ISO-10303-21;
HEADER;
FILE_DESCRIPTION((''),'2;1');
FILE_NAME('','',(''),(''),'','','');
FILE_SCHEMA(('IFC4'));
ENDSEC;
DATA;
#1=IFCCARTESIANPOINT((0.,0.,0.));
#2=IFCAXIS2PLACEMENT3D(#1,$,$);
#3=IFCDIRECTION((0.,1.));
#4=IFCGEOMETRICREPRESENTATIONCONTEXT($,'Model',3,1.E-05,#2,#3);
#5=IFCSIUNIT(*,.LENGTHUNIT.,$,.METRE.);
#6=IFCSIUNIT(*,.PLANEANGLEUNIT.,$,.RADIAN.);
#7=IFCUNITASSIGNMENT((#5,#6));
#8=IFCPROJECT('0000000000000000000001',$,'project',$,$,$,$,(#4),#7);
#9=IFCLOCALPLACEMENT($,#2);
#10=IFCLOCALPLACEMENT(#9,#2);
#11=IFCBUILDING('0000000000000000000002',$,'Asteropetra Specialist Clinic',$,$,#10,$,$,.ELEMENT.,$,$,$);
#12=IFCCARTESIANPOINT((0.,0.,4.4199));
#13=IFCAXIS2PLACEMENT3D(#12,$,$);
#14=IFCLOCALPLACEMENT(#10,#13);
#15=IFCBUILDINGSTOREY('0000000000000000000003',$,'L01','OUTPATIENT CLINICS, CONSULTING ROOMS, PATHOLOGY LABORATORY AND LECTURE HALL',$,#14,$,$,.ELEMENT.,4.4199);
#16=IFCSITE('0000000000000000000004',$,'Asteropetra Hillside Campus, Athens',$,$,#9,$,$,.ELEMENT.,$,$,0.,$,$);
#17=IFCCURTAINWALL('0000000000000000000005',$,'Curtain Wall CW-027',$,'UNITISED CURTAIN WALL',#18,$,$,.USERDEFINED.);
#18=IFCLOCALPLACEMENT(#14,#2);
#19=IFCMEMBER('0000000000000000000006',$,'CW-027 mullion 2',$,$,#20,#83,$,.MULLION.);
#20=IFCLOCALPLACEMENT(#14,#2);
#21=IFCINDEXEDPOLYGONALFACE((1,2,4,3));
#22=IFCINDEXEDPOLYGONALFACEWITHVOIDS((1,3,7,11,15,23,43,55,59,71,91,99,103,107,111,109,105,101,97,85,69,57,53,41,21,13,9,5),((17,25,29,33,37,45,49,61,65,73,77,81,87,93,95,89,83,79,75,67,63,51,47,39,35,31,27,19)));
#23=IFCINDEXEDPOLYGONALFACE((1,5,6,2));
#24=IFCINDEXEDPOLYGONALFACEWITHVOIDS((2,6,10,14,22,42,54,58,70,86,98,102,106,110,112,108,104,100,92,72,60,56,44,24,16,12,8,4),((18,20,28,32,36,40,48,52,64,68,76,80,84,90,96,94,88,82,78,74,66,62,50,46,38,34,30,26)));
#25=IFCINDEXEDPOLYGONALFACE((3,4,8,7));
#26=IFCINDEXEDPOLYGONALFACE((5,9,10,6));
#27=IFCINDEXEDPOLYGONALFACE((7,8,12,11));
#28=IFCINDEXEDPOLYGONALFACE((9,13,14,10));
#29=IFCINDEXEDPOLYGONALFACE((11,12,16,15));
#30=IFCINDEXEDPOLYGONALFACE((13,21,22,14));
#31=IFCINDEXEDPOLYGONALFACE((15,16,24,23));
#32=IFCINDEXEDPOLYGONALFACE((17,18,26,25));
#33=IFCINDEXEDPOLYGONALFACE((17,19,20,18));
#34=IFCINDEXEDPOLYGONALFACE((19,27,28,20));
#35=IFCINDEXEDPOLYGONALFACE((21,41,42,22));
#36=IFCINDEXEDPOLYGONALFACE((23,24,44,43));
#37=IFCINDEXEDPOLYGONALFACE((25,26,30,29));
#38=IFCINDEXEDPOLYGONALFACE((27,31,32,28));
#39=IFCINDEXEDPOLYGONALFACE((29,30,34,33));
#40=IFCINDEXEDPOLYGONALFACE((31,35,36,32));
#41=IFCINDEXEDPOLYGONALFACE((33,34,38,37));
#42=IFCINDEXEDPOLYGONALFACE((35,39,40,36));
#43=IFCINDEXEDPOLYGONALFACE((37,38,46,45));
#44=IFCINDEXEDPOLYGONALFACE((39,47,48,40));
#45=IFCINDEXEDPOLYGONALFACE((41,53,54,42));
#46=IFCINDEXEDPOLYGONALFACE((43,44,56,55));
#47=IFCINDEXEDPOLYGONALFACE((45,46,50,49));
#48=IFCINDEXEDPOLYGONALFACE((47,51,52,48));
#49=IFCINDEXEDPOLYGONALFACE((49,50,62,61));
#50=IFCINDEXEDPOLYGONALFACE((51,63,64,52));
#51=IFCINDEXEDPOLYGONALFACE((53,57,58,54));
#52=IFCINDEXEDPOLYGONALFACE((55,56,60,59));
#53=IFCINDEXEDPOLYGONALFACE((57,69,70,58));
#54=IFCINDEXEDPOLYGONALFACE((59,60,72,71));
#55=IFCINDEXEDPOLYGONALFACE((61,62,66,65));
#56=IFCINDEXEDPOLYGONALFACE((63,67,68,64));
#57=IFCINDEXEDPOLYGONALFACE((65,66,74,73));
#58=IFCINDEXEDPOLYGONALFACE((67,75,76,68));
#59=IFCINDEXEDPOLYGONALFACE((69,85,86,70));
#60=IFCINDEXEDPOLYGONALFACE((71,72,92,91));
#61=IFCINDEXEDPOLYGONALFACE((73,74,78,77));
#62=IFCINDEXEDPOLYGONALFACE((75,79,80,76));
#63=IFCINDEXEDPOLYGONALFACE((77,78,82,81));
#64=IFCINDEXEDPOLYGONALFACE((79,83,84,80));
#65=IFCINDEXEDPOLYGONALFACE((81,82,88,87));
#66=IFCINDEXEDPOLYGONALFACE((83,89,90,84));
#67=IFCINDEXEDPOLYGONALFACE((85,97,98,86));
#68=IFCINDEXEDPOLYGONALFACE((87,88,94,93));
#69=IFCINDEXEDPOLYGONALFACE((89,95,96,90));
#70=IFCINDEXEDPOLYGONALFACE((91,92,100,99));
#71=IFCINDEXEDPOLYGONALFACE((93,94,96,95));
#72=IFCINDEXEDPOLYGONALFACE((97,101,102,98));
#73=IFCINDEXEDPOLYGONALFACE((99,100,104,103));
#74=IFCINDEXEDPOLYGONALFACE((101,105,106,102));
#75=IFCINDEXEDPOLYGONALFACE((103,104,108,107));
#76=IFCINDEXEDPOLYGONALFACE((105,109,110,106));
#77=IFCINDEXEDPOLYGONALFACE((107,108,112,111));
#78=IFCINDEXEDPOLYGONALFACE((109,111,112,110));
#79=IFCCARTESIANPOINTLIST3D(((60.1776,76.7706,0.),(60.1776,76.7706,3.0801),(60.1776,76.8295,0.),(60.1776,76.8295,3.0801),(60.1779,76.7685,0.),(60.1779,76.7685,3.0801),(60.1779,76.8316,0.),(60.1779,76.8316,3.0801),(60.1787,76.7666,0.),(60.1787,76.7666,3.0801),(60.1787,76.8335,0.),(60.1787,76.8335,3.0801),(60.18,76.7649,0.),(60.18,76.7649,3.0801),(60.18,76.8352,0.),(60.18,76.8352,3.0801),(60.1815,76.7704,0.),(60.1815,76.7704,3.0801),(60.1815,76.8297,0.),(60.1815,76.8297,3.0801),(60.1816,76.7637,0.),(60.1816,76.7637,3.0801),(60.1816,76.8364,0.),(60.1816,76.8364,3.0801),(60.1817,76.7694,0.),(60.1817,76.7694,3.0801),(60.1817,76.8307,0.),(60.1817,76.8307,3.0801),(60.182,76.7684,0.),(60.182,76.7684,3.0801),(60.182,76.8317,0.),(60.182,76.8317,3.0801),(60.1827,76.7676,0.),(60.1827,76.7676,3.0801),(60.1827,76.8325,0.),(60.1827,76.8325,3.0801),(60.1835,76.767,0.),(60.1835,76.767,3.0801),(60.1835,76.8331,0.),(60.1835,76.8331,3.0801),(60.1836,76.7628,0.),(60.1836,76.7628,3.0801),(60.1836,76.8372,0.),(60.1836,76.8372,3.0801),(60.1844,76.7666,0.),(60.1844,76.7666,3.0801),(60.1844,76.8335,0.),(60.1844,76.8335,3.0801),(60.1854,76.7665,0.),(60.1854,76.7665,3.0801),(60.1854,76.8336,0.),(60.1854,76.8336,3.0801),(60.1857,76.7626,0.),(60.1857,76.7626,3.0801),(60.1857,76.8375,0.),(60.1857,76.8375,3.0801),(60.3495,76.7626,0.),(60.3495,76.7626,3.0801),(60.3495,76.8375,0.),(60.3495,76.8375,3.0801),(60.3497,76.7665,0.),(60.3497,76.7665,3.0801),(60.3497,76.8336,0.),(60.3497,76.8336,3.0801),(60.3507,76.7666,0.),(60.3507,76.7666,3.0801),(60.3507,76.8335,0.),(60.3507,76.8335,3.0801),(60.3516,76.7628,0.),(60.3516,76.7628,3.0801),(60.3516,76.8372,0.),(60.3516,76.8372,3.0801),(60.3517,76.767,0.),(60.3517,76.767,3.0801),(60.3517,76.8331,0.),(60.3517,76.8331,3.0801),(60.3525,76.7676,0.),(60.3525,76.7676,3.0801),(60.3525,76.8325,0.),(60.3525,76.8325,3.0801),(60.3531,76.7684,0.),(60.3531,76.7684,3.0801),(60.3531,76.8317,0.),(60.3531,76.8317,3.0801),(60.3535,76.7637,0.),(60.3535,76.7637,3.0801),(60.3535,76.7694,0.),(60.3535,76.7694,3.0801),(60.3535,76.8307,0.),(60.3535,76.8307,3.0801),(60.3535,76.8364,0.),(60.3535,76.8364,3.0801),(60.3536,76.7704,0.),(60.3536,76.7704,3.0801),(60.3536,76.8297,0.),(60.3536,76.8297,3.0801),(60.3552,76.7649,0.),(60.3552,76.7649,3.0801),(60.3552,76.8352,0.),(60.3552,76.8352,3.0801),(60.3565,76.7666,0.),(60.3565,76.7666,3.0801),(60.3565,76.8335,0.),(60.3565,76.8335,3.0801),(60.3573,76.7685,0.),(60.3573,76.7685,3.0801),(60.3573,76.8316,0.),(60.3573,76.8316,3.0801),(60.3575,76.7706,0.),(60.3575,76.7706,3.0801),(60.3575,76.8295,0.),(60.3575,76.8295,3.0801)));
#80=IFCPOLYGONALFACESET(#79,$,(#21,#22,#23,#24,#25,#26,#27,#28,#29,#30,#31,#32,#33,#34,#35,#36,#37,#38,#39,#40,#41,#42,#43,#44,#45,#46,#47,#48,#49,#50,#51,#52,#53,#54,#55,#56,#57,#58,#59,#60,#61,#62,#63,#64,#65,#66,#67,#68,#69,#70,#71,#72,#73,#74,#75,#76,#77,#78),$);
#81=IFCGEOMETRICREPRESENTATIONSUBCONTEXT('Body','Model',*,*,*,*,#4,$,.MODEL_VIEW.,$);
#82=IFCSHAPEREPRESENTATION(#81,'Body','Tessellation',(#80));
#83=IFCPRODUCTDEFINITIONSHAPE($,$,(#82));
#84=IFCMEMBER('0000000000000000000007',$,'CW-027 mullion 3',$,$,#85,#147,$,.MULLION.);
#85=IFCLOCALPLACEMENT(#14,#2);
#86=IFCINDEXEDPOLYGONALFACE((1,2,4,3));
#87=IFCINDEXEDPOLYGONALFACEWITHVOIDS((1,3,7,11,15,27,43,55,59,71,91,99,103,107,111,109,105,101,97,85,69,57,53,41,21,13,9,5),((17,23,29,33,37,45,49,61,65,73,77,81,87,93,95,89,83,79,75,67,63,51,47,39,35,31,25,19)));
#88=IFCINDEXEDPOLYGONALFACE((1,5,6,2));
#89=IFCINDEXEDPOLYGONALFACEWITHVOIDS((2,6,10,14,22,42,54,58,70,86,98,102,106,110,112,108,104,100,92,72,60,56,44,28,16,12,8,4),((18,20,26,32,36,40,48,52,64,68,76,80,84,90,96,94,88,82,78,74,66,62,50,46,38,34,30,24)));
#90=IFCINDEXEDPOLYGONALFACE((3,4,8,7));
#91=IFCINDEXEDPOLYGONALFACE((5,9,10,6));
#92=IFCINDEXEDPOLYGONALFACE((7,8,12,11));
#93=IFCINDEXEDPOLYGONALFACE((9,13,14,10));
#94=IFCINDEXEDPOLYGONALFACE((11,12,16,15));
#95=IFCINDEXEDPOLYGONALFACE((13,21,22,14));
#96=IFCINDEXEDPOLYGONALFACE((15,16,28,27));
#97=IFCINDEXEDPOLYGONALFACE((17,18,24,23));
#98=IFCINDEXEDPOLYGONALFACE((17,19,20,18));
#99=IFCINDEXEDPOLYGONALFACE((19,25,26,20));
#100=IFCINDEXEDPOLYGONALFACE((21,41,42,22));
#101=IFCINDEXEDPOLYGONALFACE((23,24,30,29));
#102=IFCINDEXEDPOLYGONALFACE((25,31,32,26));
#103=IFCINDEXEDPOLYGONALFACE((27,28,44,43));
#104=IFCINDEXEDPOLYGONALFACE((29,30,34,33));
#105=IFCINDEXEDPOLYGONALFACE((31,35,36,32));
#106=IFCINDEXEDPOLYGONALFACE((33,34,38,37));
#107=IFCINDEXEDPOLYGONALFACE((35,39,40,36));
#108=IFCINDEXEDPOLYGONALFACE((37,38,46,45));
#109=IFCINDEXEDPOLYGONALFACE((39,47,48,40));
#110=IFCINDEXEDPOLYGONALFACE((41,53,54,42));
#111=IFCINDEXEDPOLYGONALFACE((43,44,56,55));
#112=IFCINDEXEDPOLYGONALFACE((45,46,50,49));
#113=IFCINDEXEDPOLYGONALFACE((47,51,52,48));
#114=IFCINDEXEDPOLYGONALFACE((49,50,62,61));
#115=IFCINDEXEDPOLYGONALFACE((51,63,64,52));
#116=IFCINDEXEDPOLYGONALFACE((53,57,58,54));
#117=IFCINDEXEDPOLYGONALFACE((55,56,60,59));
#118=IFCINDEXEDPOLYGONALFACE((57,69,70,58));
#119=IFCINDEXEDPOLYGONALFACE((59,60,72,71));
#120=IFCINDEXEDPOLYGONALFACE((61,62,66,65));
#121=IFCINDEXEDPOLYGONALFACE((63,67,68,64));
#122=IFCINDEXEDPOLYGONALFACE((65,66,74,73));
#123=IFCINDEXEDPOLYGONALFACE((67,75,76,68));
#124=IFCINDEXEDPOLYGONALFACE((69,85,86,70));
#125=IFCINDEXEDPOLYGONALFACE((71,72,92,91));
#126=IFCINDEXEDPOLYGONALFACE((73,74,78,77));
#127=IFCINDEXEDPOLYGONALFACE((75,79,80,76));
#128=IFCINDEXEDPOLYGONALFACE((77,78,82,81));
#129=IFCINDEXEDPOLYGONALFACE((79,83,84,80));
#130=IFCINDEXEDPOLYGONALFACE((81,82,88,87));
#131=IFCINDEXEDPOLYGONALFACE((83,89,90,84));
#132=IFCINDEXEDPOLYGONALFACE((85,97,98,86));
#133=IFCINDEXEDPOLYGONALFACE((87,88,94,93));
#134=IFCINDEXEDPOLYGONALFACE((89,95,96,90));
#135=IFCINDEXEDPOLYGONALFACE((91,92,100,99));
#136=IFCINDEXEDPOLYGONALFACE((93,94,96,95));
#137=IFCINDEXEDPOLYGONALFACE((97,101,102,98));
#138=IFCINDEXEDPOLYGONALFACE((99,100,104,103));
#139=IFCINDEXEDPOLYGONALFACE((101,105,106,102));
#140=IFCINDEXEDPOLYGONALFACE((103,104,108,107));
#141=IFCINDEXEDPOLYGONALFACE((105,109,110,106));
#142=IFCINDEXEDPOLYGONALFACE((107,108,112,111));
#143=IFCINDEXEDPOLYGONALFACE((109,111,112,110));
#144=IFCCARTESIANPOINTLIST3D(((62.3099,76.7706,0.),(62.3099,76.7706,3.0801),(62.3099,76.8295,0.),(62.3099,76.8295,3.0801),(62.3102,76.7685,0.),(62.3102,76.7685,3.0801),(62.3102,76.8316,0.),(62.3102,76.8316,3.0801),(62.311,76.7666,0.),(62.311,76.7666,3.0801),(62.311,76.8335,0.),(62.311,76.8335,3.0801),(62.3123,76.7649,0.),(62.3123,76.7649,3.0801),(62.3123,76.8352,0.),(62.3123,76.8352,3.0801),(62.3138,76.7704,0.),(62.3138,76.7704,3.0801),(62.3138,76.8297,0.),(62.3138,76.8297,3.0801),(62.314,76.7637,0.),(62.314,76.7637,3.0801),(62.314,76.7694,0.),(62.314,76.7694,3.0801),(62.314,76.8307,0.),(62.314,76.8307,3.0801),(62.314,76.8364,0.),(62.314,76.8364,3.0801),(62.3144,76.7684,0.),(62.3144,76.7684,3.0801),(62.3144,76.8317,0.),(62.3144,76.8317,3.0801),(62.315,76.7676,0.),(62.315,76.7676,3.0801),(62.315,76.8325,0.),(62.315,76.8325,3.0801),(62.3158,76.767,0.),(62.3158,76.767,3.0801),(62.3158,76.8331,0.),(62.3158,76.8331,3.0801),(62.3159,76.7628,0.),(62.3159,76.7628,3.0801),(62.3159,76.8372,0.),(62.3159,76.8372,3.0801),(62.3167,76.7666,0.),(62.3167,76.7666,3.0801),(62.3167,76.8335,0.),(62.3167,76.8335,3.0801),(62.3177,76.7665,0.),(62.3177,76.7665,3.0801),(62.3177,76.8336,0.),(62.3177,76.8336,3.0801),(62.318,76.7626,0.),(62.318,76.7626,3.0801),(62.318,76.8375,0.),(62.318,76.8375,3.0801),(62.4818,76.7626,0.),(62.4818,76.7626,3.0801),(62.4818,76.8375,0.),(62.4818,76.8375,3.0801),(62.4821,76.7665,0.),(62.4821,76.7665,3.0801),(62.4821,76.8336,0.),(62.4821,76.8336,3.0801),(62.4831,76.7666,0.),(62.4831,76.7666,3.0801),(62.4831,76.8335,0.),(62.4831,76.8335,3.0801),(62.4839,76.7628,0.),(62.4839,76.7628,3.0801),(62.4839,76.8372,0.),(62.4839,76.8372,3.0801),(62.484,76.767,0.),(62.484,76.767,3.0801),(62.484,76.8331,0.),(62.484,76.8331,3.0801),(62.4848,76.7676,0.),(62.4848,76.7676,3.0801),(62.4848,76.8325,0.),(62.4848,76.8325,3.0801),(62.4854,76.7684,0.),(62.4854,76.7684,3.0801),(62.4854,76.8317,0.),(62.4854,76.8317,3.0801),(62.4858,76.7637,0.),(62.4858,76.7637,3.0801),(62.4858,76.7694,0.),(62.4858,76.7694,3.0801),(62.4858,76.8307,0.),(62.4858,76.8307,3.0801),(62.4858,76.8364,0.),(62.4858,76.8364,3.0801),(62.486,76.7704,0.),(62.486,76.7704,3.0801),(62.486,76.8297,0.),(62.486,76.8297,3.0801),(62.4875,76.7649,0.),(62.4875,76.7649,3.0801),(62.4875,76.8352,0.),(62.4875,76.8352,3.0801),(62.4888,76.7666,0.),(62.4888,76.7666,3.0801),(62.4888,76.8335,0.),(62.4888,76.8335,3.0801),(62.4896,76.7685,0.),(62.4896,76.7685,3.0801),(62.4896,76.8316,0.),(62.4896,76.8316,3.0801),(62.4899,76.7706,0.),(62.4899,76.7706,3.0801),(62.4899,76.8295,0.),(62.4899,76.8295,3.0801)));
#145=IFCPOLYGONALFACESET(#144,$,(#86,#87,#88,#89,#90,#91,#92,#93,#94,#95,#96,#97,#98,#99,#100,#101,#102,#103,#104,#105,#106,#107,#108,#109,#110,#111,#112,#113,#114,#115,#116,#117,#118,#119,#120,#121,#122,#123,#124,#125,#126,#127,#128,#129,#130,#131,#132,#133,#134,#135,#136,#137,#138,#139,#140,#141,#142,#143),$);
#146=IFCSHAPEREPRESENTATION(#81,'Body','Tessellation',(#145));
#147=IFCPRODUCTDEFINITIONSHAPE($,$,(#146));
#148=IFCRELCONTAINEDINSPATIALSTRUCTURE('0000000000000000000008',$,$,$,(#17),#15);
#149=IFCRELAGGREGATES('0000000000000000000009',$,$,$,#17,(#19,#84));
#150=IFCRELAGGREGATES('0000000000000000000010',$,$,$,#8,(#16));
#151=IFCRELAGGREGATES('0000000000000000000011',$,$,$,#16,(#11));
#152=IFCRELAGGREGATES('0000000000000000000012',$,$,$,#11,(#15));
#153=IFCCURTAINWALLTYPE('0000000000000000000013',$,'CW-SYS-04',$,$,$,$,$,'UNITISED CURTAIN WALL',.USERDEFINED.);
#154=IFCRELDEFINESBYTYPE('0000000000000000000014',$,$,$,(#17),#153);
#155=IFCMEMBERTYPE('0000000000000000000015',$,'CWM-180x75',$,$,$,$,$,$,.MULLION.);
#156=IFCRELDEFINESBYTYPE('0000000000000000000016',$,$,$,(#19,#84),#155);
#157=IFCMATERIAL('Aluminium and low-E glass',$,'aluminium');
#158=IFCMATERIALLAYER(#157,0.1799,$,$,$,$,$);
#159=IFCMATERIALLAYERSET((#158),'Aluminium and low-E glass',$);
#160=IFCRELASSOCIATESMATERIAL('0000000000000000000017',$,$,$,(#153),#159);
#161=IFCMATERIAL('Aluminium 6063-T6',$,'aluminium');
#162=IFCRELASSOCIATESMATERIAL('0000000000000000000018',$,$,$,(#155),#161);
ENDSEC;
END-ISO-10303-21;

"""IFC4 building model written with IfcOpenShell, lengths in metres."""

from ifc_helpers import new_model, si_unit, direction, frame, origin, origin_2d, place, context, subcontext, project, spatial, hollow_rectangle, extrude, material, layer, layer_set, material_profile, profile_set, type_object, element, aggregate, save


model = new_model("IFC4")

# Units and contexts
model_context = context("Model", 3, precision=1e-05, world=origin(), true_north=direction((0.0, 1.0)))
body_context = subcontext(model_context, "Body", "Model", "MODEL_VIEW")
ifc_project = project(units=[si_unit("LENGTHUNIT", "METRE"), si_unit("PLANEANGLEUNIT", "RADIAN")], contexts=[model_context])

# Site, building, storey
site_placement = place(None, origin())
site = spatial("IfcSite", under=ifc_project, at=site_placement, Name="Asteropetra Hillside Campus, Athens", CompositionType="ELEMENT", RefElevation=0.0)
building_placement = place(site_placement, origin())
building = spatial("IfcBuilding", under=site, at=building_placement, Name="Asteropetra Specialist Clinic", CompositionType="ELEMENT")
storey_placement = place(building_placement, frame((0.0, 0.0, 4.4199)))
storey = spatial("IfcBuildingStorey", under=building, at=storey_placement, Name="L01", Description="OUTPATIENT CLINICS, CONSULTING ROOMS, PATHOLOGY LABORATORY AND LECTURE HALL", CompositionType="ELEMENT", Elevation=4.4199)

# Curtain wall, members
ifc_material_1 = material(Name="Aluminium and low-E glass", Category="aluminium")
ifc_layer_1 = layer(ifc_material_1, 0.1799)
ifc_layer_set_1 = layer_set([ifc_layer_1], Name="Aluminium and low-E glass")
curtain_wall_type = type_object("IfcCurtainWallType", Name="CW-SYS-04", ElementType="UNITISED CURTAIN WALL", PredefinedType="USERDEFINED", material=ifc_layer_set_1)
curtain_wall_placement = place(storey_placement, origin())
curtain_wall = element("IfcCurtainWall", 1, at=curtain_wall_placement, inside=storey, type_object=curtain_wall_type, Name="Curtain Wall CW-027", ObjectType="UNITISED CURTAIN WALL", PredefinedType="USERDEFINED")
ifc_material_2 = material(Name="Aluminium 6063-T6", Category="aluminium")
ifc_material_profile_1 = material_profile(ifc_material_2, hollow_rectangle(XDim=0.075, YDim=0.1799, WallThickness=0.0039, InnerFilletRadius=0.0039, OuterFilletRadius=0.0081, at=origin_2d()), Name="MUL 180x75x4.0")
ifc_profile_set_1 = profile_set([ifc_material_profile_1], Name="Aluminium 6063-T6")
member_type_1 = type_object("IfcMemberType", Name="CWM-180x75", PredefinedType="MULLION", material=ifc_profile_set_1)
member_1_placement = place(storey_placement, frame((60.2676, 76.8, 0.0), z_axis=(0.0, 0.0, 1.0), x_axis=(0.0, 1.0, 0.0)))
member_1 = element("IfcMember", 2, at=member_1_placement, type_object=member_type_1, Name="CW-027 mullion 2", PredefinedType="MULLION", context=body_context, shape_type="SweptSolid", body=[
    extrude(hollow_rectangle(XDim=0.075, YDim=0.1799, WallThickness=0.0039, InnerFilletRadius=0.0039, OuterFilletRadius=0.0081, at=origin_2d()), origin(), (0.0, 0.0, 1.0), 3.0801),
])
member_2_placement = place(storey_placement, frame((62.3999, 76.8, 0.0), z_axis=(0.0, 0.0, 1.0), x_axis=(0.0, 1.0, 0.0)))
member_2 = element("IfcMember", 3, at=member_2_placement, type_object=member_type_1, Name="CW-027 mullion 3", PredefinedType="MULLION", context=body_context, shape_type="SweptSolid", body=[
    extrude(hollow_rectangle(XDim=0.075, YDim=0.1799, WallThickness=0.0039, InnerFilletRadius=0.0039, OuterFilletRadius=0.0081, at=origin_2d()), origin(), (0.0, 0.0, 1.0), 3.0801),
])
aggregate(curtain_wall, [member_1, member_2])

save(model, "model.ifc")
